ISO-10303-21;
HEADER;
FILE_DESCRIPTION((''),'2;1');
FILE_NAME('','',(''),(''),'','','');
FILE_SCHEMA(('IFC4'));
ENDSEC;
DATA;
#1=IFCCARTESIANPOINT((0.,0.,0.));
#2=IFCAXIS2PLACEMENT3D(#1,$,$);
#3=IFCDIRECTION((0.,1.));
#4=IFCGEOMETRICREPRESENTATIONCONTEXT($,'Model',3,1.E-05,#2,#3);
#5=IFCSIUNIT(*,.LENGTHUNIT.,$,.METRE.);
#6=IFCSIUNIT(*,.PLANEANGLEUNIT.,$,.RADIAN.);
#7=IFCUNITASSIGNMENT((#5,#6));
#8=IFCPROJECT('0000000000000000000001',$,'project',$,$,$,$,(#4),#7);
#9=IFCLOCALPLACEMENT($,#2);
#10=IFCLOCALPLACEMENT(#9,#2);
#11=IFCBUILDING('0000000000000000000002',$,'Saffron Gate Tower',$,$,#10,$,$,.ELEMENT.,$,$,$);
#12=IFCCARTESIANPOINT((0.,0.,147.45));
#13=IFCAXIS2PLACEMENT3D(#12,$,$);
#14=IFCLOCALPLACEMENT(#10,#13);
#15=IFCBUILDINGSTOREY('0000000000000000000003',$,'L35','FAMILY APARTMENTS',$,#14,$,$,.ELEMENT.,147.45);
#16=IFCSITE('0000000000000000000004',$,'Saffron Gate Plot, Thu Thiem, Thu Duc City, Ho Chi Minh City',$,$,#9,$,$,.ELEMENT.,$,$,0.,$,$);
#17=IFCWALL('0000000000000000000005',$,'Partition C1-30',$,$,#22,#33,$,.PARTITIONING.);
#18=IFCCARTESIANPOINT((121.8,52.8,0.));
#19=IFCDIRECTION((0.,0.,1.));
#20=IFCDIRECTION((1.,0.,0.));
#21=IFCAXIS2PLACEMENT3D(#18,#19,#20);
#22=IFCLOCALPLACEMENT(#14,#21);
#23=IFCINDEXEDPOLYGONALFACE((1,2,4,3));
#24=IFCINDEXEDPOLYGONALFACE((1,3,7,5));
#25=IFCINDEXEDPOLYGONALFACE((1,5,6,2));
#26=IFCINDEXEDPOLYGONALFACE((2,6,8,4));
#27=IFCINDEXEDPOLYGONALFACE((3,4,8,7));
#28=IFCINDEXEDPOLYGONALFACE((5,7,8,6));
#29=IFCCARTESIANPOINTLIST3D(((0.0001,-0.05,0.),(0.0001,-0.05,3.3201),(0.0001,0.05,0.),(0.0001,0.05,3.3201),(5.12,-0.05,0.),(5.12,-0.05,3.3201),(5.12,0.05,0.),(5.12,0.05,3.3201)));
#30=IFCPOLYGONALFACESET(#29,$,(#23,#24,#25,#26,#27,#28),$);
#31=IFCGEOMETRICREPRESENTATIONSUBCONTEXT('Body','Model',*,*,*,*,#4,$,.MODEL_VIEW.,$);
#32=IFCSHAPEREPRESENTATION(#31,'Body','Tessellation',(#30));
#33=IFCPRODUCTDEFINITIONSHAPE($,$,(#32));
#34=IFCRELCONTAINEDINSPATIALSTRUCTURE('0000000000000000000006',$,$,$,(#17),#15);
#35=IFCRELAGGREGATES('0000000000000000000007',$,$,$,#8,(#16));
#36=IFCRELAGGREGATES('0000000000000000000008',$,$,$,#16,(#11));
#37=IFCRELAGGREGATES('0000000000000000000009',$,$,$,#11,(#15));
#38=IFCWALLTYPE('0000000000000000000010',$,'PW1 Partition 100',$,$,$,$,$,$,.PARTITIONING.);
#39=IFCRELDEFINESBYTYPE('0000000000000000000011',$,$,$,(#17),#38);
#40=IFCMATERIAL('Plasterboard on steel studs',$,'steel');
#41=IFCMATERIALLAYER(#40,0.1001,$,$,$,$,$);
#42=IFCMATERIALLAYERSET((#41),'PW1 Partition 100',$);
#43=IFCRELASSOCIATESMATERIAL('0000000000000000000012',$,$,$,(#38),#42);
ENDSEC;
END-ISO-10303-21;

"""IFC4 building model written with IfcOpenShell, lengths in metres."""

from ifc_helpers import new_model, si_unit, direction, frame, frame_2d, origin, place, context, subcontext, project, spatial, rectangle, extrude, material, layer, layer_set, type_object, element, save


model = new_model("IFC4")

# Units and contexts
model_context = context("Model", 3, precision=1e-05, world=origin(), true_north=direction((0.0, 1.0)))
body_context = subcontext(model_context, "Body", "Model", "MODEL_VIEW")
ifc_project = project(units=[si_unit("LENGTHUNIT", "METRE"), si_unit("PLANEANGLEUNIT", "RADIAN")], contexts=[model_context])

# Site, building, storey
site_placement = place(None, origin())
site = spatial("IfcSite", under=ifc_project, at=site_placement, Name="Saffron Gate Plot, Thu Thiem, Thu Duc City, Ho Chi Minh City", CompositionType="ELEMENT", RefElevation=0.0)
building_placement = place(site_placement, origin())
building = spatial("IfcBuilding", under=site, at=building_placement, Name="Saffron Gate Tower", CompositionType="ELEMENT")
storey_placement = place(building_placement, frame((0.0, 0.0, 147.45)))
storey = spatial("IfcBuildingStorey", under=building, at=storey_placement, Name="L35", Description="FAMILY APARTMENTS", CompositionType="ELEMENT", Elevation=147.45)

# Shared definitions
ifc_material_1 = material(Name="Plasterboard on steel studs", Category="steel")
ifc_layer_1 = layer(ifc_material_1, 0.1001)
ifc_layer_set_1 = layer_set([ifc_layer_1], Name="PW1 Partition 100")
wall_type = type_object("IfcWallType", Name="PW1 Partition 100", PredefinedType="PARTITIONING", material=ifc_layer_set_1)

# Wall
wall_1_placement = place(storey_placement, frame((121.8, 52.8, 0.0), z_axis=(0.0, 0.0, 1.0), x_axis=(1.0, 0.0, 0.0)))
element("IfcWall", 1, at=wall_1_placement, inside=storey, type_object=wall_type, Name="Partition C1-30", PredefinedType="PARTITIONING", context=body_context, shape_type="SweptSolid", body=[
    extrude(rectangle(XDim=5.1199, YDim=0.1001, at=frame_2d((2.5601, 0.0))), origin(), (0.0, 0.0, 1.0), 3.3201),
])

save(model, "model.ifc")
